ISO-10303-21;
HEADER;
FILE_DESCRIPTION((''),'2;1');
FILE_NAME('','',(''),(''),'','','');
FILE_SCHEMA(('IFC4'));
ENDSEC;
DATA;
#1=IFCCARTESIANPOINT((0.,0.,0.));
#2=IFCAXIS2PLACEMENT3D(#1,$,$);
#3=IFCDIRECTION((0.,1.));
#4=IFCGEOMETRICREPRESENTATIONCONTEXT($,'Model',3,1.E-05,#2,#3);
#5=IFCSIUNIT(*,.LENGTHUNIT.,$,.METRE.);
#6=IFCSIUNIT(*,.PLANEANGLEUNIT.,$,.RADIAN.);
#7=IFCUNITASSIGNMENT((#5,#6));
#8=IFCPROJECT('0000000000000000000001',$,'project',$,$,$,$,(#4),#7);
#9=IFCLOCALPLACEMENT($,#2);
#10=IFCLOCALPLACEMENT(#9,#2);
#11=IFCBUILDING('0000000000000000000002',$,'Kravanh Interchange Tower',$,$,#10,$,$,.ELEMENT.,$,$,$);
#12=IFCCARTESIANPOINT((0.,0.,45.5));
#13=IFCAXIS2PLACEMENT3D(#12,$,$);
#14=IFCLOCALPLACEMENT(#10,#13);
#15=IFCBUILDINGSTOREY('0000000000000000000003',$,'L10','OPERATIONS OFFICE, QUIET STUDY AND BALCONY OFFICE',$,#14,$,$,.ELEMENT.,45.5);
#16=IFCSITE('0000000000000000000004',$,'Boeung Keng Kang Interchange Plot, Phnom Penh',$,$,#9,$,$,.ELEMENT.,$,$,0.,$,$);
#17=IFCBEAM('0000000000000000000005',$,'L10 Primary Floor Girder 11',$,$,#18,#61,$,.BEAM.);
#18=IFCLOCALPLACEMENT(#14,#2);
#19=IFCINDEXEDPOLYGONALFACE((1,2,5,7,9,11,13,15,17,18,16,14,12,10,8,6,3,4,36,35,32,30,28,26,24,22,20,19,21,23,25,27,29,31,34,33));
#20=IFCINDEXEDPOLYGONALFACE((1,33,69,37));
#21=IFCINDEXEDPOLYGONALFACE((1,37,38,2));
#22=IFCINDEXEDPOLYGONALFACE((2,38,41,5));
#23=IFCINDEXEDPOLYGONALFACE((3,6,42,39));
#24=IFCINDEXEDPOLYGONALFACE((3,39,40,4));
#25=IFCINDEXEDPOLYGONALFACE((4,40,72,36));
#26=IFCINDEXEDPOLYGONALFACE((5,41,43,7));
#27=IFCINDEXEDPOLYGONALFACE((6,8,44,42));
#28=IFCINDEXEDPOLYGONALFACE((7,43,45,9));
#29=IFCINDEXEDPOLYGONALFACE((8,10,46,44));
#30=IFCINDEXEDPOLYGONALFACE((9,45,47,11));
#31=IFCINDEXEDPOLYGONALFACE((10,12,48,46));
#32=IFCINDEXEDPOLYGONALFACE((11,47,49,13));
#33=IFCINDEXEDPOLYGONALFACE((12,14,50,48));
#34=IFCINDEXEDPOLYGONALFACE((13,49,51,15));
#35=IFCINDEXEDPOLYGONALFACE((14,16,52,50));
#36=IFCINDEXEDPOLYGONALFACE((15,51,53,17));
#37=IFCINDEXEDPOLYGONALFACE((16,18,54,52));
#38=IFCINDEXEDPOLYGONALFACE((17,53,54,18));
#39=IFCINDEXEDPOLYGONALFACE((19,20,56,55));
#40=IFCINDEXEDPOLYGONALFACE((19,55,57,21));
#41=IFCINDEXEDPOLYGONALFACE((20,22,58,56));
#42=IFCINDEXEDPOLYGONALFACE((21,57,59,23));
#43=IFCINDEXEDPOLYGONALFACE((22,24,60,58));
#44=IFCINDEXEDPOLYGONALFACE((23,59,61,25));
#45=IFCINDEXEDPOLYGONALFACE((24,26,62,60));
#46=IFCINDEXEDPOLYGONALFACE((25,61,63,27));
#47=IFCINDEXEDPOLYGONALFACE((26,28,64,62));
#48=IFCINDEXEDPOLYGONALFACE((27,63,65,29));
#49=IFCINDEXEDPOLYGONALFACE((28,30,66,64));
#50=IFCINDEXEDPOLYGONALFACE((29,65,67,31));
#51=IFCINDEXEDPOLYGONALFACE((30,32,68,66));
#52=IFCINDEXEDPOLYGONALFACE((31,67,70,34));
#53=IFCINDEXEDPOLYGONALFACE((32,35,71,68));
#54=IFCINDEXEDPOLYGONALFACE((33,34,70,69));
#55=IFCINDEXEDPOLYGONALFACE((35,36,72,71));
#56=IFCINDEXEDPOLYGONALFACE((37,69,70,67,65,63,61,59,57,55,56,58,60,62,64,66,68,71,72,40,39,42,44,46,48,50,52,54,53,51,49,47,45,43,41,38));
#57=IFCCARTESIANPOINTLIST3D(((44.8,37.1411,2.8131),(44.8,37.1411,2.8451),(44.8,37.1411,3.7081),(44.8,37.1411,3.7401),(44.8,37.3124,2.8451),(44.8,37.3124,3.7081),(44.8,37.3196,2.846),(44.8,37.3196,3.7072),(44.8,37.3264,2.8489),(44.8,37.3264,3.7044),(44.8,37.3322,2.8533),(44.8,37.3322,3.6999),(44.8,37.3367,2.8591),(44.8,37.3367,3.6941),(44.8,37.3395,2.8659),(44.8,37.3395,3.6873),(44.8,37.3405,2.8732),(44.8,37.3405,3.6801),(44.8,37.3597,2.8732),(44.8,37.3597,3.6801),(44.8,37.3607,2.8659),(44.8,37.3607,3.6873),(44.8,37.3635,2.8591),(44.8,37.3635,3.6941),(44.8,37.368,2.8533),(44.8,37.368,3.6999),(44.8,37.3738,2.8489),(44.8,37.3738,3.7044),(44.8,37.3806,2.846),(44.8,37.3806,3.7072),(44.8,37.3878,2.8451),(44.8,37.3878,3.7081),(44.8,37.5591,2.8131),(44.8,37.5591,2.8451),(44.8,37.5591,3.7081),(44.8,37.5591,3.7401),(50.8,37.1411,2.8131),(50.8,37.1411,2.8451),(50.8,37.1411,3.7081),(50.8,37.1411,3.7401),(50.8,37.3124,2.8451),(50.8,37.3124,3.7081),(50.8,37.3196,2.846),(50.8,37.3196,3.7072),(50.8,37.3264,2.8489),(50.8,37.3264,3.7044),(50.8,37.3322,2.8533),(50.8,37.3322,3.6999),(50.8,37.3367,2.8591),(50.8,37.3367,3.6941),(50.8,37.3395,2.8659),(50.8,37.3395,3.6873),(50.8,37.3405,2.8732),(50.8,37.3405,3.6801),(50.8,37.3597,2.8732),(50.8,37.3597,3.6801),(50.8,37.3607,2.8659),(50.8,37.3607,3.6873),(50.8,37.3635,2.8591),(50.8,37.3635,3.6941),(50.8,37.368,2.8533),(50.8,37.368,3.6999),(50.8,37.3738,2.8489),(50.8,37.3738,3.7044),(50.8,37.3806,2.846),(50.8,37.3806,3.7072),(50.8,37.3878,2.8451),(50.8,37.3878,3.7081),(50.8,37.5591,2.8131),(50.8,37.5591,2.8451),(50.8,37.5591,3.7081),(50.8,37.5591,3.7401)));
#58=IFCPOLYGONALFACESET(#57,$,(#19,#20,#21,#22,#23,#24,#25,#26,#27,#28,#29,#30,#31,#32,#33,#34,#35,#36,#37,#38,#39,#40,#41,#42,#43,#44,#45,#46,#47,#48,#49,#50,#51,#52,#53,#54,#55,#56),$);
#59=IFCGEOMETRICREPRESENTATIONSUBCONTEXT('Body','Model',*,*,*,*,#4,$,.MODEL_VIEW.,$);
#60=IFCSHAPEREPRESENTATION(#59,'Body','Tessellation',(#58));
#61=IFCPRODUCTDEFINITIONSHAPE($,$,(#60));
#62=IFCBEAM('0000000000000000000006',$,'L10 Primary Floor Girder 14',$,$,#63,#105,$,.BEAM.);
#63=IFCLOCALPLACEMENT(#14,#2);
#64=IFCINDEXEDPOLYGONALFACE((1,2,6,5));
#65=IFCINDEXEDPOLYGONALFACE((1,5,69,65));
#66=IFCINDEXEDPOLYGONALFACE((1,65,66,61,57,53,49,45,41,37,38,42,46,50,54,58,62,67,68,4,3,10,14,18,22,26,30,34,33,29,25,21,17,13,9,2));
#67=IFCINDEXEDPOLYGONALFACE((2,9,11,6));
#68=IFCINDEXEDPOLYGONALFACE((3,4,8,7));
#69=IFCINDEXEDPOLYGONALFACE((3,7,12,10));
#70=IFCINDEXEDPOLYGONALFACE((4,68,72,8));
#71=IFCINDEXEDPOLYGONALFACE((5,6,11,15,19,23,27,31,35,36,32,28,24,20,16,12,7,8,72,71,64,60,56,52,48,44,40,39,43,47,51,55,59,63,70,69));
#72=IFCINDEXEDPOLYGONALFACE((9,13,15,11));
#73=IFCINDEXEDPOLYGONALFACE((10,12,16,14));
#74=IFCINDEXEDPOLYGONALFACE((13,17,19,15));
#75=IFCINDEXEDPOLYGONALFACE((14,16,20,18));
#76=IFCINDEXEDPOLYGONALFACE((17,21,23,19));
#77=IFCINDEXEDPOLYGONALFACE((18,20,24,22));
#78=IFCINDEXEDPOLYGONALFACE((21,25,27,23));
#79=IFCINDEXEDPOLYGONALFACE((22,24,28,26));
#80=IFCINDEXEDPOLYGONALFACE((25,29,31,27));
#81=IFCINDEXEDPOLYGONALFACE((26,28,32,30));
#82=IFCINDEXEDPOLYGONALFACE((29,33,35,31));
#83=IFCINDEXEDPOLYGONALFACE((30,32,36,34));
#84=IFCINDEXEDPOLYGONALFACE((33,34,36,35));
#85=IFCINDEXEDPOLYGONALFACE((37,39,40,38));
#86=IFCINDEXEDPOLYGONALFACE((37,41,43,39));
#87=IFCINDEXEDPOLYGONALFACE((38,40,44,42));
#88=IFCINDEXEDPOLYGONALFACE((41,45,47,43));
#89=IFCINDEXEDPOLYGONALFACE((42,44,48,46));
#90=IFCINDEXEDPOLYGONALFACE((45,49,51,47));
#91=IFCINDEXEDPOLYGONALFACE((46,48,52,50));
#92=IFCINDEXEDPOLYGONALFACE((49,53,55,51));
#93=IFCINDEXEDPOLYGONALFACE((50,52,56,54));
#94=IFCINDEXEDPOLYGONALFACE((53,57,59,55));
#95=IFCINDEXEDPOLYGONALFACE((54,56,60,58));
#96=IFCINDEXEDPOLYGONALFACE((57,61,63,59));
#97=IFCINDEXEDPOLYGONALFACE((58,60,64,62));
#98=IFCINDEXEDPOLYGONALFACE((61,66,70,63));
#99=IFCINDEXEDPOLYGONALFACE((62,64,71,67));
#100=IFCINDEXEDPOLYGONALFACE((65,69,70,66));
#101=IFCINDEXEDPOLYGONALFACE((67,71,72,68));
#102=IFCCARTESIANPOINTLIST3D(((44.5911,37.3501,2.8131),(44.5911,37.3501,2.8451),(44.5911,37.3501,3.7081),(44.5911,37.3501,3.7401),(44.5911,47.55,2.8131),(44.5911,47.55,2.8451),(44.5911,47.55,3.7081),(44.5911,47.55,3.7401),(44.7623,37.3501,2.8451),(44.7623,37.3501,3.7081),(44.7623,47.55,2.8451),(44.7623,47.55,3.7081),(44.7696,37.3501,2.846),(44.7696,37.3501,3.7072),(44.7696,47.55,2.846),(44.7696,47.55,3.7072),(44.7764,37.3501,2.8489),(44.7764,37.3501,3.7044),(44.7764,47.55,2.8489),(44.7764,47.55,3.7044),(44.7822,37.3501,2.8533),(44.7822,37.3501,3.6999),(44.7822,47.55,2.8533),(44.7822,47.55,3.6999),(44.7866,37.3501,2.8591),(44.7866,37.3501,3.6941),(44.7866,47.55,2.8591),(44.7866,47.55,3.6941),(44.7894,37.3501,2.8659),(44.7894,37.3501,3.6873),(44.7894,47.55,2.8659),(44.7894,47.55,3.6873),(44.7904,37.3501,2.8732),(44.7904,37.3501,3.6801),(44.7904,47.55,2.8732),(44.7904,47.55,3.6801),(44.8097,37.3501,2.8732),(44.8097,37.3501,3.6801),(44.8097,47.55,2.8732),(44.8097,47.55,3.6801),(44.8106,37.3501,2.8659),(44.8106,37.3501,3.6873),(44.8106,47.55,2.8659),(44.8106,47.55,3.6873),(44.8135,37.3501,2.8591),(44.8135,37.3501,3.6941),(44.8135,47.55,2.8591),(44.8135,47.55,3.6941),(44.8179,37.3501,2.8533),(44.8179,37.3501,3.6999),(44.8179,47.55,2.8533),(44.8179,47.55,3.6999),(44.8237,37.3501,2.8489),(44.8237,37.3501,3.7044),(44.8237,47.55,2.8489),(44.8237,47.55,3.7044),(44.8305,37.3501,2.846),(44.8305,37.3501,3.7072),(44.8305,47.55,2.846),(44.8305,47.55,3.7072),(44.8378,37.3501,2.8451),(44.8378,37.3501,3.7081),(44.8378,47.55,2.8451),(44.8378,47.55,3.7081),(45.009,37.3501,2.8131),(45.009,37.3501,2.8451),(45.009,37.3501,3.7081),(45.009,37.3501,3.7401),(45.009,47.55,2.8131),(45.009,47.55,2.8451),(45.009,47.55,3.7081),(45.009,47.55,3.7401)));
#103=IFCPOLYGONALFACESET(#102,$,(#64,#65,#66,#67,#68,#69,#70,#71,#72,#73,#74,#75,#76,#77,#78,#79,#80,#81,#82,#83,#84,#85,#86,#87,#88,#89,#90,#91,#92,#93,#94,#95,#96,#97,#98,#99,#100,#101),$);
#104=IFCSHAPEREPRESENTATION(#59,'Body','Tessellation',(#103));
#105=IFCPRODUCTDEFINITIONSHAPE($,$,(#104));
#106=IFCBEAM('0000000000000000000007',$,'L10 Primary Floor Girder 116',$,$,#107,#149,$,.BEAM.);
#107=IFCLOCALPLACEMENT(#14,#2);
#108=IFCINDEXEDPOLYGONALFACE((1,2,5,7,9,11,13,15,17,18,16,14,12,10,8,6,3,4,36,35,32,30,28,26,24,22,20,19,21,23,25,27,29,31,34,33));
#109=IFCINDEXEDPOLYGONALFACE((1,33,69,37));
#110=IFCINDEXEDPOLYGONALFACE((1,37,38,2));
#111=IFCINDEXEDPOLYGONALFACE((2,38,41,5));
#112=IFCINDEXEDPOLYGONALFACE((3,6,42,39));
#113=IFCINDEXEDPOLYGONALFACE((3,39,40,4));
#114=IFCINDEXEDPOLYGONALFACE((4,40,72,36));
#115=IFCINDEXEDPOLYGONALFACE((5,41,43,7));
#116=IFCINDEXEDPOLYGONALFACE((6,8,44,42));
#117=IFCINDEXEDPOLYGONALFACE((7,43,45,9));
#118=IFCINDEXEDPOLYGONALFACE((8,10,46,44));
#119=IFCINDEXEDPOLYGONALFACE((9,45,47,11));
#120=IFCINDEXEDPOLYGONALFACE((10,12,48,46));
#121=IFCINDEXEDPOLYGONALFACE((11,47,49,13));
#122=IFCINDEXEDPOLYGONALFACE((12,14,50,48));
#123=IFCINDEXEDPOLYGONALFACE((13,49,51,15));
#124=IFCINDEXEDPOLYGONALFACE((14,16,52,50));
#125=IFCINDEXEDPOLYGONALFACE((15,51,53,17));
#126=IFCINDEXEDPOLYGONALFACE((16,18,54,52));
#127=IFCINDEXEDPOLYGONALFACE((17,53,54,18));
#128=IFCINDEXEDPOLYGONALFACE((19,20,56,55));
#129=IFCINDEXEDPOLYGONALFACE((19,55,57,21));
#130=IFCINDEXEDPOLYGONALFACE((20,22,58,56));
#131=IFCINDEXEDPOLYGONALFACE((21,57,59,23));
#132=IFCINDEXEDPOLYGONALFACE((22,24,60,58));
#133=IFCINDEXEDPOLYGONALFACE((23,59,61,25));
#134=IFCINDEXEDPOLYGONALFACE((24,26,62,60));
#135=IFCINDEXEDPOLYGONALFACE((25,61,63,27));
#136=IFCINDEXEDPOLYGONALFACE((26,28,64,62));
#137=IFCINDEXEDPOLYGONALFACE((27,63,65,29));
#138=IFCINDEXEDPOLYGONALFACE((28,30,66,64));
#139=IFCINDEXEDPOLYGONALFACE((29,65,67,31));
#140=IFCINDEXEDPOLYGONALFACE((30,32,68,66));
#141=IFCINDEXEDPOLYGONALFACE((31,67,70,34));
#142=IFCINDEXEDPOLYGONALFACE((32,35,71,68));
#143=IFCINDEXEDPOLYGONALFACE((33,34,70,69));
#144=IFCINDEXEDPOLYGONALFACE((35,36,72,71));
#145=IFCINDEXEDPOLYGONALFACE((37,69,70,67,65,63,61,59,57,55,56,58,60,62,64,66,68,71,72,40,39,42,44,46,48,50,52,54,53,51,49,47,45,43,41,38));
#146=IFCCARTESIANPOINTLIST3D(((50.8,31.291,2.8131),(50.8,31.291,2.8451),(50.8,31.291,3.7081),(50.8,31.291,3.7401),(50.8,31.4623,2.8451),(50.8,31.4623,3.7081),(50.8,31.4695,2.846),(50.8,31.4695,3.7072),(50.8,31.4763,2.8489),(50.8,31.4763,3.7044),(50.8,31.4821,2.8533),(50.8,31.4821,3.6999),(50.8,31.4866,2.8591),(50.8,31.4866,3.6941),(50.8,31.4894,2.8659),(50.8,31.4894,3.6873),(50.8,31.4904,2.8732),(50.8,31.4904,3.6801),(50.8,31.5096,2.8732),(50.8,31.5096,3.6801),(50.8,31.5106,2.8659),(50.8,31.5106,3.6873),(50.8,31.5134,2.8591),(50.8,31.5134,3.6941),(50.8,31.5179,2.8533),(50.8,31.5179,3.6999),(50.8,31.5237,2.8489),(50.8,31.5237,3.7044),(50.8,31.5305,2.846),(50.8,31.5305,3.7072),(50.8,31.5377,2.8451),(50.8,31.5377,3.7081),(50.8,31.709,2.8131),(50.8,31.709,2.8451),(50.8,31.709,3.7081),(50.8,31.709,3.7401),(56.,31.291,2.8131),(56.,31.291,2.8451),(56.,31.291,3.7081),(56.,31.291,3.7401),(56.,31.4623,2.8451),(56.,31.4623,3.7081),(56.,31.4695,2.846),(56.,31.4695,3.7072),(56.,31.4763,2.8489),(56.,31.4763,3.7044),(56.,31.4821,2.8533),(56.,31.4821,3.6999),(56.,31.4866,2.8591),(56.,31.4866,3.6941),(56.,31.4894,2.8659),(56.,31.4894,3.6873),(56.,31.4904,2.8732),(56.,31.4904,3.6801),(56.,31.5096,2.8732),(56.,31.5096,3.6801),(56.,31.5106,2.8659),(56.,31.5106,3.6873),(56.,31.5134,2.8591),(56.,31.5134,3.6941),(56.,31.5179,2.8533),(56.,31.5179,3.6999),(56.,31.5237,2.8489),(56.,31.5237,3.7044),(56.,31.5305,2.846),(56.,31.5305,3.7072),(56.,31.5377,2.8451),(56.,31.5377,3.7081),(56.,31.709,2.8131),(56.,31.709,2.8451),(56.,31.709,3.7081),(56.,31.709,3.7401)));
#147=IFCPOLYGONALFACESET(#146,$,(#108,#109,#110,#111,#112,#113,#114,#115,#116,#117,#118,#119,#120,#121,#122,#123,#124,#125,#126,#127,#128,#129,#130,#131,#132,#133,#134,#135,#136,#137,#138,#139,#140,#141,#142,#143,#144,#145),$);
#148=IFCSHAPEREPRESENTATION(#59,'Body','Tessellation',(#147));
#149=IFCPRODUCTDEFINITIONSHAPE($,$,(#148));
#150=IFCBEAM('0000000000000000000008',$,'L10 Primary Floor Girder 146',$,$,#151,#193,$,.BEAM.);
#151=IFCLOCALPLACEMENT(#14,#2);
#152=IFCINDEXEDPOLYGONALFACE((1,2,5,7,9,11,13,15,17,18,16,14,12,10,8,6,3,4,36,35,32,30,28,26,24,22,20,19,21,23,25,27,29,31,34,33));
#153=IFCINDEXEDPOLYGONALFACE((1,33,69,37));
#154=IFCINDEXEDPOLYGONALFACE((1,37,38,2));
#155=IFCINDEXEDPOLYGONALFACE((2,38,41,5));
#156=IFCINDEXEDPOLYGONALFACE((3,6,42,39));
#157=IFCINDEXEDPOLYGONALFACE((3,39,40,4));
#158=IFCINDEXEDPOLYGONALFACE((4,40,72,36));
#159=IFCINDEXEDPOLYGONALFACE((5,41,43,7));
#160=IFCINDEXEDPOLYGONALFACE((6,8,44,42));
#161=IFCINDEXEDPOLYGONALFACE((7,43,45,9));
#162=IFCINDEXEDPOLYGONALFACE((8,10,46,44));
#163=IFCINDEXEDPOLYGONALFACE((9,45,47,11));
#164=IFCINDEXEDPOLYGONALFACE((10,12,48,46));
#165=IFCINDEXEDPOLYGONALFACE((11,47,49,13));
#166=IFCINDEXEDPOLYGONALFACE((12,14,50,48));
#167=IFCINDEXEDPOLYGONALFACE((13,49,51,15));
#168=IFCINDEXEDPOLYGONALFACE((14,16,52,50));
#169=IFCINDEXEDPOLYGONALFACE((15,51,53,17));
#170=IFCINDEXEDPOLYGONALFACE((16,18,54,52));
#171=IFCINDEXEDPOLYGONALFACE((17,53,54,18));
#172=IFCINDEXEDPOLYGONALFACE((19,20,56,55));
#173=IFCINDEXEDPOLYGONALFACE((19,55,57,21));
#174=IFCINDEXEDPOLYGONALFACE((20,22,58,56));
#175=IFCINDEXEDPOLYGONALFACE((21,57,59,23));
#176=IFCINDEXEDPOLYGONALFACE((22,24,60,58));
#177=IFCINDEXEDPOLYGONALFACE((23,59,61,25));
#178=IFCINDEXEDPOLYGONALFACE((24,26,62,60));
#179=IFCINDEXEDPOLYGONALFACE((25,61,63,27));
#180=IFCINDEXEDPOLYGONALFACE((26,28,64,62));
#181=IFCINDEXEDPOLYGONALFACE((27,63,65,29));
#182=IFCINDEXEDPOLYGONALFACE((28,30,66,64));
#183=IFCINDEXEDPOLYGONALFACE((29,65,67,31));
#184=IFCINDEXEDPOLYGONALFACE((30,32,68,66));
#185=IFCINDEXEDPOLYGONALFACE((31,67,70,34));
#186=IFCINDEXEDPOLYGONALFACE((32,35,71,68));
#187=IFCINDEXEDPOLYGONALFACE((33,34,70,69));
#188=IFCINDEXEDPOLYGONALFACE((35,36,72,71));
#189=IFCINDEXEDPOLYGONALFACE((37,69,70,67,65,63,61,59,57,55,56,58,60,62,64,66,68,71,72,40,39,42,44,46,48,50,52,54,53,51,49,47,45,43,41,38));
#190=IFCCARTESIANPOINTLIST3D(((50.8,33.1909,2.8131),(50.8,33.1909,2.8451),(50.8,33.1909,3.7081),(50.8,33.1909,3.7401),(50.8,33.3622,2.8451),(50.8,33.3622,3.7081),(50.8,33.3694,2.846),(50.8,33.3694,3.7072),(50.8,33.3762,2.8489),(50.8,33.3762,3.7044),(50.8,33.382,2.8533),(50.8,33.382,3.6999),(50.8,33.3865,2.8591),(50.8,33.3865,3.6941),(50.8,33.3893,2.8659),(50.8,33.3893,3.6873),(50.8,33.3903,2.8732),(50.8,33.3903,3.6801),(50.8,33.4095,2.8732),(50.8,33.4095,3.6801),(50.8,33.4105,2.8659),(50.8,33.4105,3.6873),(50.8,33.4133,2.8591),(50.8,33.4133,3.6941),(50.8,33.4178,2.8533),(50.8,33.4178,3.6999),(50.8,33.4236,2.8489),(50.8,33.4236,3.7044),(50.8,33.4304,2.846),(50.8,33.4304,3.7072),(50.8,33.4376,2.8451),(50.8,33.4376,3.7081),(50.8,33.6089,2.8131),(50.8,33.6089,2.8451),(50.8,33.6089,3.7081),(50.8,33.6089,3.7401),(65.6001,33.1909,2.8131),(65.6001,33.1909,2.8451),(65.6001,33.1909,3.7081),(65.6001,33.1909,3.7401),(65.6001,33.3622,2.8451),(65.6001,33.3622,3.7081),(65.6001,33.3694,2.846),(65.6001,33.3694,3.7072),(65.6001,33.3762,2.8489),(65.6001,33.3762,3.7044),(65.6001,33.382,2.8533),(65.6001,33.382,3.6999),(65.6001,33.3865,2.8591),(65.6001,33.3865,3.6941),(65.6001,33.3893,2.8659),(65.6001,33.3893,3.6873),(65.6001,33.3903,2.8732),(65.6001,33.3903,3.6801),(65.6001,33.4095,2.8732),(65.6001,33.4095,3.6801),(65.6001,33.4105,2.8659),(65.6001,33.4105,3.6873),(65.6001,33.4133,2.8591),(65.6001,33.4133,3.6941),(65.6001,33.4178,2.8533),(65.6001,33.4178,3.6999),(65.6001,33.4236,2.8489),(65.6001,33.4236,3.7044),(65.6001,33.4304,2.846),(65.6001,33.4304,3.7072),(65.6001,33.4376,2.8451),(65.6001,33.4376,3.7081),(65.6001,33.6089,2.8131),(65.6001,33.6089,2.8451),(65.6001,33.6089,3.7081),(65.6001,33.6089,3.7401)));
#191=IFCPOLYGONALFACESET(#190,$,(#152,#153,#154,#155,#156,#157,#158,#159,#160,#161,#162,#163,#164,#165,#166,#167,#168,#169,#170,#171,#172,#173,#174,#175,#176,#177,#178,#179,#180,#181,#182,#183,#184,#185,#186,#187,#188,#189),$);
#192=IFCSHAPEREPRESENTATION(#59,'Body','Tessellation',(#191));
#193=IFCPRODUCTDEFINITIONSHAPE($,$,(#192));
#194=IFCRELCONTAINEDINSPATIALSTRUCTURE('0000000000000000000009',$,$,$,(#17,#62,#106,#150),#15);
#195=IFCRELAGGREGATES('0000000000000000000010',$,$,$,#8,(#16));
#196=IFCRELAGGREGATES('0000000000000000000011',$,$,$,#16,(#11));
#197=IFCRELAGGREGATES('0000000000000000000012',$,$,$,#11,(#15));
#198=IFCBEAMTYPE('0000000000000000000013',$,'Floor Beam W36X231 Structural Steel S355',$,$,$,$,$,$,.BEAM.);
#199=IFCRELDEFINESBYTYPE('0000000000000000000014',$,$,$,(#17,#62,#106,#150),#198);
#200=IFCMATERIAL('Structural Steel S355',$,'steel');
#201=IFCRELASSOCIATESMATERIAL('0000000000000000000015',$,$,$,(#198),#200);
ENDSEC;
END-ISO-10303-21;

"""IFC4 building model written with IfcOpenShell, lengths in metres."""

from ifc_helpers import new_model, si_unit, direction, frame, origin, origin_2d, place, context, subcontext, project, spatial, i_section, extrude, material, material_profile, profile_set, type_object, element, save


model = new_model("IFC4")

# Units and contexts
model_context = context("Model", 3, precision=1e-05, world=origin(), true_north=direction((0.0, 1.0)))
body_context = subcontext(model_context, "Body", "Model", "MODEL_VIEW")
ifc_project = project(units=[si_unit("LENGTHUNIT", "METRE"), si_unit("PLANEANGLEUNIT", "RADIAN")], contexts=[model_context])

# Site, building, storey
site_placement = place(None, origin())
site = spatial("IfcSite", under=ifc_project, at=site_placement, Name="Boeung Keng Kang Interchange Plot, Phnom Penh", CompositionType="ELEMENT", RefElevation=0.0)
building_placement = place(site_placement, origin())
building = spatial("IfcBuilding", under=site, at=building_placement, Name="Kravanh Interchange Tower", CompositionType="ELEMENT")
storey_placement = place(building_placement, frame((0.0, 0.0, 45.5)))
storey = spatial("IfcBuildingStorey", under=building, at=storey_placement, Name="L10", Description="OPERATIONS OFFICE, QUIET STUDY AND BALCONY OFFICE", CompositionType="ELEMENT", Elevation=45.5)

# Beams
ifc_material_1 = material(Name="Structural Steel S355", Category="steel")
ifc_material_profile_1 = material_profile(ifc_material_1, i_section(OverallWidth=0.418, OverallDepth=0.927, WebThickness=0.0193, FlangeThickness=0.032, FilletRadius=0.0281, at=origin_2d()), Name="W36X231")
ifc_profile_set_1 = profile_set([ifc_material_profile_1], Name="Structural Steel S355")
beam_type_1 = type_object("IfcBeamType", Name="Floor Beam W36X231 Structural Steel S355", PredefinedType="BEAM", material=ifc_profile_set_1)
beam_1_placement = place(storey_placement, frame((50.8, 37.3501, 3.2766), z_axis=(-1.0, 0.0, 0.0), x_axis=(0.0, -1.0, 0.0)))
element("IfcBeam", 1, at=beam_1_placement, inside=storey, type_object=beam_type_1, Name="L10 Primary Floor Girder 11", PredefinedType="BEAM", context=body_context, shape_type="SweptSolid", body=[
    extrude(i_section(OverallWidth=0.418, OverallDepth=0.927, WebThickness=0.0193, FlangeThickness=0.032, FilletRadius=0.0281, at=origin_2d()), origin(), (0.0, 0.0, 1.0), 6.0),
])
beam_2_placement = place(storey_placement, frame((44.8, 37.3501, 3.2766), z_axis=(0.0, 1.0, 0.0), x_axis=(-1.0, 0.0, 0.0)))
element("IfcBeam", 2, at=beam_2_placement, inside=storey, type_object=beam_type_1, Name="L10 Primary Floor Girder 14", PredefinedType="BEAM", context=body_context, shape_type="SweptSolid", body=[
    extrude(i_section(OverallWidth=0.418, OverallDepth=0.927, WebThickness=0.0193, FlangeThickness=0.032, FilletRadius=0.0281, at=origin_2d()), origin(), (0.0, 0.0, 1.0), 10.2),
])
beam_3_placement = place(storey_placement, frame((50.8, 31.5, 3.2766), z_axis=(1.0, 0.0, 0.0), x_axis=(0.0, 1.0, 0.0)))
element("IfcBeam", 3, at=beam_3_placement, inside=storey, type_object=beam_type_1, Name="L10 Primary Floor Girder 116", PredefinedType="BEAM", context=body_context, shape_type="SweptSolid", body=[
    extrude(i_section(OverallWidth=0.418, OverallDepth=0.927, WebThickness=0.0193, FlangeThickness=0.032, FilletRadius=0.0281, at=origin_2d()), origin(), (0.0, 0.0, 1.0), 5.2),
])
beam_4_placement = place(storey_placement, frame((50.8, 33.3999, 3.2766), z_axis=(1.0, 0.0, 0.0), x_axis=(0.0, 1.0, 0.0)))
element("IfcBeam", 4, at=beam_4_placement, inside=storey, type_object=beam_type_1, Name="L10 Primary Floor Girder 146", PredefinedType="BEAM", context=body_context, shape_type="SweptSolid", body=[
    extrude(i_section(OverallWidth=0.418, OverallDepth=0.927, WebThickness=0.0193, FlangeThickness=0.032, FilletRadius=0.0281, at=origin_2d()), origin(), (0.0, 0.0, 1.0), 14.8),
])

save(model, "model.ifc")
